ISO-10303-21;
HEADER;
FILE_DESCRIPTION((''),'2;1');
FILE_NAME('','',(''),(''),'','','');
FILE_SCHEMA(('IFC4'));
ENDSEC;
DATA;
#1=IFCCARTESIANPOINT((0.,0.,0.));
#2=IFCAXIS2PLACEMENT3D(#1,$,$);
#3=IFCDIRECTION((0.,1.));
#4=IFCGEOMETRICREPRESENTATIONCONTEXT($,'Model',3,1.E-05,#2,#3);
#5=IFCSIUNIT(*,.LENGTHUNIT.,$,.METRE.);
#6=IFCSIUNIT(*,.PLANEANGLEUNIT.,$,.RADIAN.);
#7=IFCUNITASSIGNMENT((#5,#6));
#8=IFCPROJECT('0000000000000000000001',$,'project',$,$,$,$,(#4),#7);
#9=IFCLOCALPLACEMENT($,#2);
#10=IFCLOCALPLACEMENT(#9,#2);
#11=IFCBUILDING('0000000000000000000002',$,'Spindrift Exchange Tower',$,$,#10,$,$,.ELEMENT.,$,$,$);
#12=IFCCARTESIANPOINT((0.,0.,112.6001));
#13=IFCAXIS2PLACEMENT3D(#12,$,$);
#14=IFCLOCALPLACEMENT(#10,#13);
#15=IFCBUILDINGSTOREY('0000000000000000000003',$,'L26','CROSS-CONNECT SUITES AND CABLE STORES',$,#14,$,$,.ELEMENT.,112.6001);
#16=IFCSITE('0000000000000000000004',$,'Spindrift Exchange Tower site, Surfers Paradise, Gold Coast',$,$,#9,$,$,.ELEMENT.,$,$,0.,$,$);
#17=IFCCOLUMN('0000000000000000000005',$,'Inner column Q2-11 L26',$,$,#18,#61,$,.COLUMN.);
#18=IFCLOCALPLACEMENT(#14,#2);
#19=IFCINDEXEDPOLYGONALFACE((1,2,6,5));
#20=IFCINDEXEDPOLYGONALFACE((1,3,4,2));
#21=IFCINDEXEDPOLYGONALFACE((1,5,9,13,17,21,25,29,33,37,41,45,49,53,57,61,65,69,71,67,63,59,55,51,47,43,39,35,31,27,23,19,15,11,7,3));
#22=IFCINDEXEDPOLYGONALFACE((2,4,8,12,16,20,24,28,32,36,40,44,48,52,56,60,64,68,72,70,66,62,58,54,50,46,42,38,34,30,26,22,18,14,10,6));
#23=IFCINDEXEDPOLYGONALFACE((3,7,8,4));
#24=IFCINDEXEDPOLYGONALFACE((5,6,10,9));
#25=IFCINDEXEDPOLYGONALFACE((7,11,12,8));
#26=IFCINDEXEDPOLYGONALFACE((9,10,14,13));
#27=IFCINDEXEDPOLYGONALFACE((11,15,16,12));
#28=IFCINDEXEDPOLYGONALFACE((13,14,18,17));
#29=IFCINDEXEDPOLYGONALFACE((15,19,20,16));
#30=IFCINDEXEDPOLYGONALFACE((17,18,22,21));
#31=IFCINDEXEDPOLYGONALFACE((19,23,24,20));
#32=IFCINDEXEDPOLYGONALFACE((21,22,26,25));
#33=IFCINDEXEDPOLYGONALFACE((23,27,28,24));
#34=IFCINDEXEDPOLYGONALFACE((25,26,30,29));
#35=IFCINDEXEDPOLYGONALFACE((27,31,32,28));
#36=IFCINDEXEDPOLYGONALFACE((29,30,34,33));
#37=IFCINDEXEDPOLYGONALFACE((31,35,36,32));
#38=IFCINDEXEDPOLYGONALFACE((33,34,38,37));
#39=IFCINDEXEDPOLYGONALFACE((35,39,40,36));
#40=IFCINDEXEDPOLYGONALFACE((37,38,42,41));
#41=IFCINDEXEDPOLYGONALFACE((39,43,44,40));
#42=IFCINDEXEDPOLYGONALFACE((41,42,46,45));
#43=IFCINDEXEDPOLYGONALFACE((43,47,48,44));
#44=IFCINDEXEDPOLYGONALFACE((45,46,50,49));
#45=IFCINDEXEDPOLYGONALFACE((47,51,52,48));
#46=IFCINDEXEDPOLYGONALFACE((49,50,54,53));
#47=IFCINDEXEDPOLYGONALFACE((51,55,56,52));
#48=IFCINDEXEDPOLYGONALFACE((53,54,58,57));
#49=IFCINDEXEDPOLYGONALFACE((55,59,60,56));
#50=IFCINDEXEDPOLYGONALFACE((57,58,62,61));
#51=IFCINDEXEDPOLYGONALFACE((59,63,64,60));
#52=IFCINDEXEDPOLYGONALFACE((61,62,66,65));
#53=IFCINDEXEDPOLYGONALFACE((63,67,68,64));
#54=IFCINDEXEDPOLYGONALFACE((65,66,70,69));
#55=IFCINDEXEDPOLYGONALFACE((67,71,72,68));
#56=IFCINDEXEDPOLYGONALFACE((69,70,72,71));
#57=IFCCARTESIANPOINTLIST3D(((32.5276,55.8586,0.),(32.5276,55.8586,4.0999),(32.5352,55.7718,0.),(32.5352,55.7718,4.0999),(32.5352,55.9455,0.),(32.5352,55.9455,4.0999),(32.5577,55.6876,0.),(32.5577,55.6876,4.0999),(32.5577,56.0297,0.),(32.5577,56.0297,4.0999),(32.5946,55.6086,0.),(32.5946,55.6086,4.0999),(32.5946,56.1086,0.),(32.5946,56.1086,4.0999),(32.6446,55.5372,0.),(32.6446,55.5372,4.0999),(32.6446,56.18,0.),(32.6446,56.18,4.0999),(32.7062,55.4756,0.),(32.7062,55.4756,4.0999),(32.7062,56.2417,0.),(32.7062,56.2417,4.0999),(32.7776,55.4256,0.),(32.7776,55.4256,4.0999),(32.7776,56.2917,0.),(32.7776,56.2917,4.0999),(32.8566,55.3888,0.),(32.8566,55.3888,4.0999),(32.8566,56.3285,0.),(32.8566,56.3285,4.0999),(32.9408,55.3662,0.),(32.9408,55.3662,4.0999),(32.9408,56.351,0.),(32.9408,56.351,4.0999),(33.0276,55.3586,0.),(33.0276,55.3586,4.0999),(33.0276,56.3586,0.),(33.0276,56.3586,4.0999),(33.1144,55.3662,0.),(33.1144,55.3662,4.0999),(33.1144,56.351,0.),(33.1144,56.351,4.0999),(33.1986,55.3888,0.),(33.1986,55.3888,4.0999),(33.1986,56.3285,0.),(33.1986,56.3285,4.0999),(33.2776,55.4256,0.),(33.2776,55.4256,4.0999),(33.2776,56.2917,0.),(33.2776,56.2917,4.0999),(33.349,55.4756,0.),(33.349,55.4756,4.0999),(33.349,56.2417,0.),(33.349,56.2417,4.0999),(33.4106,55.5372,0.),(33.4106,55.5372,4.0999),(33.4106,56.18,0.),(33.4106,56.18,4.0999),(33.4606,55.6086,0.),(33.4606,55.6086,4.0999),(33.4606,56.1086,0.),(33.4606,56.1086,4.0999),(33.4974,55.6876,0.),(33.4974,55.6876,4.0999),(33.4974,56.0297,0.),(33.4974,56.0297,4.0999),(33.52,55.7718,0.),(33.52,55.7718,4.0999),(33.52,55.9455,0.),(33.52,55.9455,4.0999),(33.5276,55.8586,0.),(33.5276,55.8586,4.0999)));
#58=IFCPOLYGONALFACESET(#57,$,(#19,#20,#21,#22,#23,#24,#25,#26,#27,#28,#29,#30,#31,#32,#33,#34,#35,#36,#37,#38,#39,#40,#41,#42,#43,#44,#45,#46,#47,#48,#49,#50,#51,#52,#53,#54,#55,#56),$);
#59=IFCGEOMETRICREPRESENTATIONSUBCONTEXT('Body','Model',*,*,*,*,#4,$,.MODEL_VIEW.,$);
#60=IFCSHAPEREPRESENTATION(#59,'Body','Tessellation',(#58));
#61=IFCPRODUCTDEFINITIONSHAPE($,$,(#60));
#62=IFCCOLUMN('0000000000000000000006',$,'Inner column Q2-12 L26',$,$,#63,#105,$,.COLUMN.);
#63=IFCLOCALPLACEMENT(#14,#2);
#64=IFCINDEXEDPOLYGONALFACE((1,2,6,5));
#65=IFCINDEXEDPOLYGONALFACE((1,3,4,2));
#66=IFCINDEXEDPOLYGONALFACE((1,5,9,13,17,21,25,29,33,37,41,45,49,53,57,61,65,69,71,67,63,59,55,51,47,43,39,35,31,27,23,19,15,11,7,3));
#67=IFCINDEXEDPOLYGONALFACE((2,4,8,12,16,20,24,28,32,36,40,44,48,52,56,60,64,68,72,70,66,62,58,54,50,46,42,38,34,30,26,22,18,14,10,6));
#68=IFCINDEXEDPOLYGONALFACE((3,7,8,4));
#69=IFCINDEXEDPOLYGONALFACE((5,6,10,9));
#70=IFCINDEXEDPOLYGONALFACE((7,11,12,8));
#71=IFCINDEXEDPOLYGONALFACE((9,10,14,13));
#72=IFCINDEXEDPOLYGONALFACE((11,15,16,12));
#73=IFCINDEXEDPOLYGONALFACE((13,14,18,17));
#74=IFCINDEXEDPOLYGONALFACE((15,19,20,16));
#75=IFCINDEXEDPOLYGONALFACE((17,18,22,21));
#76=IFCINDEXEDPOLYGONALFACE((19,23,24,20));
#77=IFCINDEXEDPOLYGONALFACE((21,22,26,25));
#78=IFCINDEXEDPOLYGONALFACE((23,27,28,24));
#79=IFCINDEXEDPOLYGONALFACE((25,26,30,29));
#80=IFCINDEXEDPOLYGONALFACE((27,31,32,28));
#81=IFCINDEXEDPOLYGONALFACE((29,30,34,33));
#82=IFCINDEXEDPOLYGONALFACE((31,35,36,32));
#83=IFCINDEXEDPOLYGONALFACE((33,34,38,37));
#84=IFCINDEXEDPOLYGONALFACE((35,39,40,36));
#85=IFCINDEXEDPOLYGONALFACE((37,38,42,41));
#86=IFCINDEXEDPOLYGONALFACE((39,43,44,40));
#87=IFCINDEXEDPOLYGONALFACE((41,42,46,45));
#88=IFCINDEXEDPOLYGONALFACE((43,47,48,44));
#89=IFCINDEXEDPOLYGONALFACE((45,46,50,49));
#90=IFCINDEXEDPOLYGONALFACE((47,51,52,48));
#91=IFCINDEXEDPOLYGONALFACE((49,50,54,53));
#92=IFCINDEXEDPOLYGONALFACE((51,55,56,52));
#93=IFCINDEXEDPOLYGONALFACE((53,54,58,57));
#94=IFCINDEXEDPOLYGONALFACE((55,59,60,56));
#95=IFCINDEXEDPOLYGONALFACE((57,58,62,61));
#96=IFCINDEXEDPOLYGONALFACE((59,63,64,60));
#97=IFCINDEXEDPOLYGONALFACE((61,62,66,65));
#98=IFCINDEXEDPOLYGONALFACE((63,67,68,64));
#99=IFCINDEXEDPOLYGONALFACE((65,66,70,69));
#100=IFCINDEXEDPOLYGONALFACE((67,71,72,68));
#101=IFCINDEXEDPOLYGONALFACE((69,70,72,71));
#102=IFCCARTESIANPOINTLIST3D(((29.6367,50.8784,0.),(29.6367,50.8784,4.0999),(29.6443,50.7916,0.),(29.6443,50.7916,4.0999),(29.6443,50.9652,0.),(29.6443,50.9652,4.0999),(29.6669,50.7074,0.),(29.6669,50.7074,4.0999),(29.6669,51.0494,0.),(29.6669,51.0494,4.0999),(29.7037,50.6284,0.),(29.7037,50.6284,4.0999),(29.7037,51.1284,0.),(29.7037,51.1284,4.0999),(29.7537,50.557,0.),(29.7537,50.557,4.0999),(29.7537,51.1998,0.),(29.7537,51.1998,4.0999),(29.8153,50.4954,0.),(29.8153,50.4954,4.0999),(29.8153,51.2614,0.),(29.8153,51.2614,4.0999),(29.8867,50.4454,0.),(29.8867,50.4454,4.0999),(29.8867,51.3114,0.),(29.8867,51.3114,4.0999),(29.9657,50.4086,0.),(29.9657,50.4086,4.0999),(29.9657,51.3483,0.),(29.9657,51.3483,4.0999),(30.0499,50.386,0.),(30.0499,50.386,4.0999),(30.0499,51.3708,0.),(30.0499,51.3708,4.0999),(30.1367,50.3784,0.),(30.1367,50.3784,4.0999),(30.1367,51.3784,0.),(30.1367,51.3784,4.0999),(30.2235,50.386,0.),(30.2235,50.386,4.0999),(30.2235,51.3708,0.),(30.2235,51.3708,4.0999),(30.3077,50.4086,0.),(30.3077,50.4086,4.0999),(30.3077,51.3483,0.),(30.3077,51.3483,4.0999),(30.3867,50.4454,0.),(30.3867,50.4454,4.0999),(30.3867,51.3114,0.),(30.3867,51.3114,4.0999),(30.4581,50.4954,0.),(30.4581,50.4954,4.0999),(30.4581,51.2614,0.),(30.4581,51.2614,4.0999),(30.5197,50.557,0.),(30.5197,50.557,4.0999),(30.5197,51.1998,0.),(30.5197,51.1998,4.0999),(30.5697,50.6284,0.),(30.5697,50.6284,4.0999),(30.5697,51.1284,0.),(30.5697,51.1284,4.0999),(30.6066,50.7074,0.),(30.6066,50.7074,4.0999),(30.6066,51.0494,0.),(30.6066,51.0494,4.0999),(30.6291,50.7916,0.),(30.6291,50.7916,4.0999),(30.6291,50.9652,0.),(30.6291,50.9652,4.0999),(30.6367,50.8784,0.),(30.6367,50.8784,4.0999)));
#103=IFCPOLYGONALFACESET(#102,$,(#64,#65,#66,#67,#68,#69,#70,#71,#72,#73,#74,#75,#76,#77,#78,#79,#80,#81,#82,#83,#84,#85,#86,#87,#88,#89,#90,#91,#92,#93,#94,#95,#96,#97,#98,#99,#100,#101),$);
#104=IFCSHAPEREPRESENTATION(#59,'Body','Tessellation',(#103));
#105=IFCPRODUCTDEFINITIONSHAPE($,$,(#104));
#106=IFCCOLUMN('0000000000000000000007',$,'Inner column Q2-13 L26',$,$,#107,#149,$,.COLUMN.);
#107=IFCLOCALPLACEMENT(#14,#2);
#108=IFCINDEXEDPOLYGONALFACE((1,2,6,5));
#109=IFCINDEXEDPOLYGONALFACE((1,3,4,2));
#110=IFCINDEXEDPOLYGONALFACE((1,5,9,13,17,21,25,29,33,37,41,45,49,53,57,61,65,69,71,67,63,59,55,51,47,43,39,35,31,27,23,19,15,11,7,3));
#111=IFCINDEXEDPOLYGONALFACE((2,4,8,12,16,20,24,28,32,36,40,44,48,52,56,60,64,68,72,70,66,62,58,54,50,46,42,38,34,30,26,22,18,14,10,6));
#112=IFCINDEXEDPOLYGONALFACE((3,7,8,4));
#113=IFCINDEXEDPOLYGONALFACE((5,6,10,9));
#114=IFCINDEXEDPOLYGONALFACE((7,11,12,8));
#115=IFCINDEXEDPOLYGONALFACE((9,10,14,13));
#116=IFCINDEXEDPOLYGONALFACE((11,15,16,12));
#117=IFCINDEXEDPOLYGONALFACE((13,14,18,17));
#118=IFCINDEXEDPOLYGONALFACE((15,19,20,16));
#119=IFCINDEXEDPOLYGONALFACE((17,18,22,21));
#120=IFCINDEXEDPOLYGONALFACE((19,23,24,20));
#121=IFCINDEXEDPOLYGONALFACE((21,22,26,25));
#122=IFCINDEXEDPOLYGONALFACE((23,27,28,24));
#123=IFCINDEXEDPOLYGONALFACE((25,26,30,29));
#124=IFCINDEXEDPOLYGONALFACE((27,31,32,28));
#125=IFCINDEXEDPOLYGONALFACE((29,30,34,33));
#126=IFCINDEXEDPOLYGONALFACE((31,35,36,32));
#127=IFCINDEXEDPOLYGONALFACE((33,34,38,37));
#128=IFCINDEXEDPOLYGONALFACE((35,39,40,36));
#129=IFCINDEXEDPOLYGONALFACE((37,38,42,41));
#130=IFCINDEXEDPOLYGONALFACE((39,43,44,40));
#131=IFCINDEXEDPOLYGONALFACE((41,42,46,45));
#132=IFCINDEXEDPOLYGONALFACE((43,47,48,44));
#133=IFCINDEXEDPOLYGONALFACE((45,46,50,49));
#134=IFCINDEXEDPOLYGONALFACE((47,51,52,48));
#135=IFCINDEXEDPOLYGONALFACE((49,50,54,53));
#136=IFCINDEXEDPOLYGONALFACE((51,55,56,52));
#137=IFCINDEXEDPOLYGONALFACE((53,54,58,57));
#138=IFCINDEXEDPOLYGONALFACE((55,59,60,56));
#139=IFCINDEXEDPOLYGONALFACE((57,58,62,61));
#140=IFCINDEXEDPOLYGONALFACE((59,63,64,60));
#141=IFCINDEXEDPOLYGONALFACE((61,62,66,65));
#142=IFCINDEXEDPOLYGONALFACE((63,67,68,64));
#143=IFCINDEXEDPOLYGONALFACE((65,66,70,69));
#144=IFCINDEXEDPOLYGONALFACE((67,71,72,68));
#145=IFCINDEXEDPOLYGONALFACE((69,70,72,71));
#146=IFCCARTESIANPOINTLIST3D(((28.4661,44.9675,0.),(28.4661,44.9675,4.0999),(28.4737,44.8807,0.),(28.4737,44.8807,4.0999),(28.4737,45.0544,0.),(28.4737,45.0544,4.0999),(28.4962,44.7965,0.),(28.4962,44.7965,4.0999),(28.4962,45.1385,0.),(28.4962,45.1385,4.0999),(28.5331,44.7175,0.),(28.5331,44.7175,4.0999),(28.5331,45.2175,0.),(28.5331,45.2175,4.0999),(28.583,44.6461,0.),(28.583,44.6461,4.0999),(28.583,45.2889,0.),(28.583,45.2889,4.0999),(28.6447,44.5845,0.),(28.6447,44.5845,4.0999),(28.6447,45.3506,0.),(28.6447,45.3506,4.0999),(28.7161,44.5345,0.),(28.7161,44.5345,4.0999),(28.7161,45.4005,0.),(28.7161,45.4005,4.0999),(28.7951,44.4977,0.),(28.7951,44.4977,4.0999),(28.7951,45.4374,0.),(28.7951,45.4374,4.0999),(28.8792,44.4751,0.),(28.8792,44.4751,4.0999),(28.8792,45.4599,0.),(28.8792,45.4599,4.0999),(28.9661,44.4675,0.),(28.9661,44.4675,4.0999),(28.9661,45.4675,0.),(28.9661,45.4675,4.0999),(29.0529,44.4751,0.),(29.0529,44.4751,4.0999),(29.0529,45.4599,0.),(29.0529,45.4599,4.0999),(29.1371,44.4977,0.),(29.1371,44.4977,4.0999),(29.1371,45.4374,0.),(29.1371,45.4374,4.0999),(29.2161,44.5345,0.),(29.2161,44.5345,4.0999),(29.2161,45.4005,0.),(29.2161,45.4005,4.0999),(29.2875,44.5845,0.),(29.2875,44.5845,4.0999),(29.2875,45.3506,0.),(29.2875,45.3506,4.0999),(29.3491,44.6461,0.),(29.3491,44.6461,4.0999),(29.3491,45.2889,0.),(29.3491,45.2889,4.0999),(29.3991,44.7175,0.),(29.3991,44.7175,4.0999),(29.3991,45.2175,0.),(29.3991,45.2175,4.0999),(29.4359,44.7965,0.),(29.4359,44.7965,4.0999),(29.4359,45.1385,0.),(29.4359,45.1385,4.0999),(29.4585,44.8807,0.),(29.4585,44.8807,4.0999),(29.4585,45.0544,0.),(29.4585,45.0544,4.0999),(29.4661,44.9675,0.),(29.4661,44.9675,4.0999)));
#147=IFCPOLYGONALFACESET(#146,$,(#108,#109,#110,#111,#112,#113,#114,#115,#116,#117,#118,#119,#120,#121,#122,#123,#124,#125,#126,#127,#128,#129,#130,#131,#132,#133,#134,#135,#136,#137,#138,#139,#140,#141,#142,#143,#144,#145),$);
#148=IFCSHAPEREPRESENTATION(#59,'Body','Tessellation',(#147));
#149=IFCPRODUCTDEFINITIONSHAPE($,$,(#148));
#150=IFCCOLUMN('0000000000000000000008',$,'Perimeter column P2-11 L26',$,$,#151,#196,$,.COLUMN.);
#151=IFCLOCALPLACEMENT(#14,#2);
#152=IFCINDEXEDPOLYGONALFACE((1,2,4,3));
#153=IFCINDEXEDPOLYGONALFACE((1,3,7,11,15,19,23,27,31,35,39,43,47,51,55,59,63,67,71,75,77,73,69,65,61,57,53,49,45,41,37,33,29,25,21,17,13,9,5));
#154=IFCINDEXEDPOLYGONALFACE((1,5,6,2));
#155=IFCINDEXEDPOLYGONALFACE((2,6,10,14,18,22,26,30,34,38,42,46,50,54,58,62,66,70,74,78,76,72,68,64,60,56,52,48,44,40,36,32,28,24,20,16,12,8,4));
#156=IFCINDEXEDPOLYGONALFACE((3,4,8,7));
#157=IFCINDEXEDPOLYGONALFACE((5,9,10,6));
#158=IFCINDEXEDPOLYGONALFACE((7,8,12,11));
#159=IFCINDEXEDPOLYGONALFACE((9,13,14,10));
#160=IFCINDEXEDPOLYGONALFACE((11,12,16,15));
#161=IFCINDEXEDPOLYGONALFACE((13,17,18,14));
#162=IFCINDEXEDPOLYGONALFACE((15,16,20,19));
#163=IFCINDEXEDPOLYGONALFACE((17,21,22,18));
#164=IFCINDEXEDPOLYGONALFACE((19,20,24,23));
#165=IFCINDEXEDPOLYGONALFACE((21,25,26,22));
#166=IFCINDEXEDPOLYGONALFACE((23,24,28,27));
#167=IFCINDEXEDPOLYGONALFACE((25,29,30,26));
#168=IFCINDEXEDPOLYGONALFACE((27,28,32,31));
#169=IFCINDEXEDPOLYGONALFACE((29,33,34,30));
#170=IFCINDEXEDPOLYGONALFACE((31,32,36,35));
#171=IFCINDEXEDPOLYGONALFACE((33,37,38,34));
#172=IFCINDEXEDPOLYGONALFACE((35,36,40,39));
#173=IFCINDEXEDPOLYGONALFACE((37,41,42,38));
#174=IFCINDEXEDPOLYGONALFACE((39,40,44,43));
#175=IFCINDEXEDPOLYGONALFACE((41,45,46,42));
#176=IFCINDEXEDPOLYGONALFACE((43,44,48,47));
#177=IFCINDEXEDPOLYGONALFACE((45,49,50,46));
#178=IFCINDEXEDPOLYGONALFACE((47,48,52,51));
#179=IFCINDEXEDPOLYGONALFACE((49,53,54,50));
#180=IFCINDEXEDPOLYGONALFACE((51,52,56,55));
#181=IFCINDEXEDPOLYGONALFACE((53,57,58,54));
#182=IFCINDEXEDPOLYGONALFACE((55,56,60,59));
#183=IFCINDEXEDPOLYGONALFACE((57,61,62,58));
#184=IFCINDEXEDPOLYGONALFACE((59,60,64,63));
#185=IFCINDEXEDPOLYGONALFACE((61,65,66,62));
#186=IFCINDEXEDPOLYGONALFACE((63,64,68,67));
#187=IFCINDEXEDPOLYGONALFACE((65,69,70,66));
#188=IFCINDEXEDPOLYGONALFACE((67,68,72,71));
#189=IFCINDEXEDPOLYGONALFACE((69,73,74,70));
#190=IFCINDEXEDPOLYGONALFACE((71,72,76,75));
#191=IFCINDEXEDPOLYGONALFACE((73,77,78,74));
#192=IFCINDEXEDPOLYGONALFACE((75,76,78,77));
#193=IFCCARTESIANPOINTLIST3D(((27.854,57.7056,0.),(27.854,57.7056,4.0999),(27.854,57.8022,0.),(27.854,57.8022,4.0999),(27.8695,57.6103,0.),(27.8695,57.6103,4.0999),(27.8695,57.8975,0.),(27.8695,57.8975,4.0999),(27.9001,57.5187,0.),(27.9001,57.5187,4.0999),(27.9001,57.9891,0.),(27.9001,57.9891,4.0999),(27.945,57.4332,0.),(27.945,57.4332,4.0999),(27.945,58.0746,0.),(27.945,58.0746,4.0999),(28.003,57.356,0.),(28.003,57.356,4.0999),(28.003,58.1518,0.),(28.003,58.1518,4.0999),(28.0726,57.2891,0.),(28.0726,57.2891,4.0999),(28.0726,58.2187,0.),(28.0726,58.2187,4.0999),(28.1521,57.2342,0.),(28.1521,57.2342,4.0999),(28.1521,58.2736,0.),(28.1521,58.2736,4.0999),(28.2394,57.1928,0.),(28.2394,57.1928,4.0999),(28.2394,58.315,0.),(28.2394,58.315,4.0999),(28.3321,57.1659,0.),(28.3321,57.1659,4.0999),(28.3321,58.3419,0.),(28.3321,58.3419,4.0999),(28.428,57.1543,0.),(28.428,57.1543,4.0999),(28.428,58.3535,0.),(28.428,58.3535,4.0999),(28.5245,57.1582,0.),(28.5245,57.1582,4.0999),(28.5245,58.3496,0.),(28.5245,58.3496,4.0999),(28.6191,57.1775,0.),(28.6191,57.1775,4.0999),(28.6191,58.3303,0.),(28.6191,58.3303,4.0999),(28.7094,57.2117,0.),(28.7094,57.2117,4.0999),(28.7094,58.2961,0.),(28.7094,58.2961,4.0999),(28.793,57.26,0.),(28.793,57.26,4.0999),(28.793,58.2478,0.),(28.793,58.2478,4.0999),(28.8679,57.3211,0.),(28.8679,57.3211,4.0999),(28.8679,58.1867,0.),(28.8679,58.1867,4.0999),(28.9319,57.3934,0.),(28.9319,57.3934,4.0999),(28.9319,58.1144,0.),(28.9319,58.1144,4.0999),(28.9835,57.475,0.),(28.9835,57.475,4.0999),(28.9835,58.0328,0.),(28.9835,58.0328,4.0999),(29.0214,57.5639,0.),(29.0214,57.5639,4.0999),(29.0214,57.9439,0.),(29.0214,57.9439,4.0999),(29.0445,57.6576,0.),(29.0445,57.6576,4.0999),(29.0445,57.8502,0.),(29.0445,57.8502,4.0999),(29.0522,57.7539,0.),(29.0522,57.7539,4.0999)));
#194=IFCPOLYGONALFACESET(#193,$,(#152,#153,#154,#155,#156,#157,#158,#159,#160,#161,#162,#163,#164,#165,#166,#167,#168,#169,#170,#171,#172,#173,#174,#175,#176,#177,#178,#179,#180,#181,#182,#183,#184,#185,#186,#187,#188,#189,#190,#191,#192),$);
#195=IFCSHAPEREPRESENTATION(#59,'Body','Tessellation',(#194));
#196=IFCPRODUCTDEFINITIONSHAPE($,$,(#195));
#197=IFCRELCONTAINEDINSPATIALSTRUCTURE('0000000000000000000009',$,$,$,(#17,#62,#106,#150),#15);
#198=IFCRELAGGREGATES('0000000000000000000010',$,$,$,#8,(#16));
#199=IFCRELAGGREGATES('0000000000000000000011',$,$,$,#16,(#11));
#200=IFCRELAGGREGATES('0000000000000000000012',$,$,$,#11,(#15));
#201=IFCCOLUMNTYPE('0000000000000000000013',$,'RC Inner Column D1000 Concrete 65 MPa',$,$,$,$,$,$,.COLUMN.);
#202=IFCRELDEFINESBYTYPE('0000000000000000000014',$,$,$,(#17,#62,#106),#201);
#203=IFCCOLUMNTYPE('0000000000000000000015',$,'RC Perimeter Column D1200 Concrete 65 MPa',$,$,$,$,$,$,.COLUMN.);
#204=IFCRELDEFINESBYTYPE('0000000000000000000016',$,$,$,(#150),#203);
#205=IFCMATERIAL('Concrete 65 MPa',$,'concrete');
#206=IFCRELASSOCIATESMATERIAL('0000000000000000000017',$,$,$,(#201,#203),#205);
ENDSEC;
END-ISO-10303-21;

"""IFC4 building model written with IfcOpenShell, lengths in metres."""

from ifc_helpers import new_model, si_unit, direction, frame, origin, origin_2d, place, context, subcontext, project, spatial, circle, extrude, source, transform, mapped, material, material_profile, profile_set, type_object, element, save


model = new_model("IFC4")

# Units and contexts
model_context = context("Model", 3, precision=1e-05, world=origin(), true_north=direction((0.0, 1.0)))
body_context = subcontext(model_context, "Body", "Model", "MODEL_VIEW")
ifc_project = project(units=[si_unit("LENGTHUNIT", "METRE"), si_unit("PLANEANGLEUNIT", "RADIAN")], contexts=[model_context])

# Site, building, storey
site_placement = place(None, origin())
site = spatial("IfcSite", under=ifc_project, at=site_placement, Name="Spindrift Exchange Tower site, Surfers Paradise, Gold Coast", CompositionType="ELEMENT", RefElevation=0.0)
building_placement = place(site_placement, origin())
building = spatial("IfcBuilding", under=site, at=building_placement, Name="Spindrift Exchange Tower", CompositionType="ELEMENT")
storey_placement = place(building_placement, frame((0.0, 0.0, 112.6001)))
storey = spatial("IfcBuildingStorey", under=building, at=storey_placement, Name="L26", Description="CROSS-CONNECT SUITES AND CABLE STORES", CompositionType="ELEMENT", Elevation=112.6001)

# Columns
ifc_material_1 = material(Name="Concrete 65 MPa", Category="concrete")
ifc_material_profile_1 = material_profile(ifc_material_1, circle(Radius=0.5, at=origin_2d()), Name="RC D1000")
ifc_profile_set_1 = profile_set([ifc_material_profile_1], Name="Concrete 65 MPa")
column_type_1 = type_object("IfcColumnType", Name="RC Inner Column D1000 Concrete 65 MPa", PredefinedType="COLUMN", material=ifc_profile_set_1)
shared_shape_1 = source(origin(), body_context, "Body", "SweptSolid", [
    extrude(circle(Radius=0.5, at=origin_2d()), origin(), (0.0, 0.0, 1.0), 4.0999),
])
for number, where, z_axis, x_axis, name in (
    (1, (33.0276, 55.8586, 0.0), (0.0, 0.0, 1.0), (1.0, 0.0, 0.0), "Inner column Q2-11 L26"),
    (2, (30.1367, 50.8784, 0.0), (0.0, 0.0, 1.0), (1.0, 0.0, 0.0), "Inner column Q2-12 L26"),
    (3, (28.9661, 44.9675, 0.0), (0.0, 0.0, 1.0), (1.0, 0.0, 0.0), "Inner column Q2-13 L26"),
):
    element("IfcColumn", number, at=place(storey_placement, frame(where, z_axis=z_axis, x_axis=x_axis)), inside=storey, type_object=column_type_1, Name=name, PredefinedType="COLUMN", context=body_context, shape_type="MappedRepresentation", body=[
        mapped(shared_shape_1, transform((0.0, 0.0, 0.0), scale=1.0)),
    ])
ifc_material_profile_2 = material_profile(ifc_material_1, circle(Radius=0.6001, at=origin_2d()), Name="RC D1200")
ifc_profile_set_2 = profile_set([ifc_material_profile_2], Name="Concrete 65 MPa")
column_type_2 = type_object("IfcColumnType", Name="RC Perimeter Column D1200 Concrete 65 MPa", PredefinedType="COLUMN", material=ifc_profile_set_2)
shared_shape_2 = source(origin(), body_context, "Body", "SweptSolid", [
    extrude(circle(Radius=0.6001, at=origin_2d()), origin(), (0.0, 0.0, 1.0), 4.0999),
])
for number, where, z_axis, x_axis, name in (
    (4, (28.4521, 57.7539, 0.0), (0.0, 0.0, 1.0), (1.0, 0.0, 0.0), "Perimeter column P2-11 L26"),
):
    element("IfcColumn", number, at=place(storey_placement, frame(where, z_axis=z_axis, x_axis=x_axis)), inside=storey, type_object=column_type_2, Name=name, PredefinedType="COLUMN", context=body_context, shape_type="MappedRepresentation", body=[
        mapped(shared_shape_2, transform((0.0, 0.0, 0.0), scale=1.0)),
    ])

save(model, "model.ifc")
